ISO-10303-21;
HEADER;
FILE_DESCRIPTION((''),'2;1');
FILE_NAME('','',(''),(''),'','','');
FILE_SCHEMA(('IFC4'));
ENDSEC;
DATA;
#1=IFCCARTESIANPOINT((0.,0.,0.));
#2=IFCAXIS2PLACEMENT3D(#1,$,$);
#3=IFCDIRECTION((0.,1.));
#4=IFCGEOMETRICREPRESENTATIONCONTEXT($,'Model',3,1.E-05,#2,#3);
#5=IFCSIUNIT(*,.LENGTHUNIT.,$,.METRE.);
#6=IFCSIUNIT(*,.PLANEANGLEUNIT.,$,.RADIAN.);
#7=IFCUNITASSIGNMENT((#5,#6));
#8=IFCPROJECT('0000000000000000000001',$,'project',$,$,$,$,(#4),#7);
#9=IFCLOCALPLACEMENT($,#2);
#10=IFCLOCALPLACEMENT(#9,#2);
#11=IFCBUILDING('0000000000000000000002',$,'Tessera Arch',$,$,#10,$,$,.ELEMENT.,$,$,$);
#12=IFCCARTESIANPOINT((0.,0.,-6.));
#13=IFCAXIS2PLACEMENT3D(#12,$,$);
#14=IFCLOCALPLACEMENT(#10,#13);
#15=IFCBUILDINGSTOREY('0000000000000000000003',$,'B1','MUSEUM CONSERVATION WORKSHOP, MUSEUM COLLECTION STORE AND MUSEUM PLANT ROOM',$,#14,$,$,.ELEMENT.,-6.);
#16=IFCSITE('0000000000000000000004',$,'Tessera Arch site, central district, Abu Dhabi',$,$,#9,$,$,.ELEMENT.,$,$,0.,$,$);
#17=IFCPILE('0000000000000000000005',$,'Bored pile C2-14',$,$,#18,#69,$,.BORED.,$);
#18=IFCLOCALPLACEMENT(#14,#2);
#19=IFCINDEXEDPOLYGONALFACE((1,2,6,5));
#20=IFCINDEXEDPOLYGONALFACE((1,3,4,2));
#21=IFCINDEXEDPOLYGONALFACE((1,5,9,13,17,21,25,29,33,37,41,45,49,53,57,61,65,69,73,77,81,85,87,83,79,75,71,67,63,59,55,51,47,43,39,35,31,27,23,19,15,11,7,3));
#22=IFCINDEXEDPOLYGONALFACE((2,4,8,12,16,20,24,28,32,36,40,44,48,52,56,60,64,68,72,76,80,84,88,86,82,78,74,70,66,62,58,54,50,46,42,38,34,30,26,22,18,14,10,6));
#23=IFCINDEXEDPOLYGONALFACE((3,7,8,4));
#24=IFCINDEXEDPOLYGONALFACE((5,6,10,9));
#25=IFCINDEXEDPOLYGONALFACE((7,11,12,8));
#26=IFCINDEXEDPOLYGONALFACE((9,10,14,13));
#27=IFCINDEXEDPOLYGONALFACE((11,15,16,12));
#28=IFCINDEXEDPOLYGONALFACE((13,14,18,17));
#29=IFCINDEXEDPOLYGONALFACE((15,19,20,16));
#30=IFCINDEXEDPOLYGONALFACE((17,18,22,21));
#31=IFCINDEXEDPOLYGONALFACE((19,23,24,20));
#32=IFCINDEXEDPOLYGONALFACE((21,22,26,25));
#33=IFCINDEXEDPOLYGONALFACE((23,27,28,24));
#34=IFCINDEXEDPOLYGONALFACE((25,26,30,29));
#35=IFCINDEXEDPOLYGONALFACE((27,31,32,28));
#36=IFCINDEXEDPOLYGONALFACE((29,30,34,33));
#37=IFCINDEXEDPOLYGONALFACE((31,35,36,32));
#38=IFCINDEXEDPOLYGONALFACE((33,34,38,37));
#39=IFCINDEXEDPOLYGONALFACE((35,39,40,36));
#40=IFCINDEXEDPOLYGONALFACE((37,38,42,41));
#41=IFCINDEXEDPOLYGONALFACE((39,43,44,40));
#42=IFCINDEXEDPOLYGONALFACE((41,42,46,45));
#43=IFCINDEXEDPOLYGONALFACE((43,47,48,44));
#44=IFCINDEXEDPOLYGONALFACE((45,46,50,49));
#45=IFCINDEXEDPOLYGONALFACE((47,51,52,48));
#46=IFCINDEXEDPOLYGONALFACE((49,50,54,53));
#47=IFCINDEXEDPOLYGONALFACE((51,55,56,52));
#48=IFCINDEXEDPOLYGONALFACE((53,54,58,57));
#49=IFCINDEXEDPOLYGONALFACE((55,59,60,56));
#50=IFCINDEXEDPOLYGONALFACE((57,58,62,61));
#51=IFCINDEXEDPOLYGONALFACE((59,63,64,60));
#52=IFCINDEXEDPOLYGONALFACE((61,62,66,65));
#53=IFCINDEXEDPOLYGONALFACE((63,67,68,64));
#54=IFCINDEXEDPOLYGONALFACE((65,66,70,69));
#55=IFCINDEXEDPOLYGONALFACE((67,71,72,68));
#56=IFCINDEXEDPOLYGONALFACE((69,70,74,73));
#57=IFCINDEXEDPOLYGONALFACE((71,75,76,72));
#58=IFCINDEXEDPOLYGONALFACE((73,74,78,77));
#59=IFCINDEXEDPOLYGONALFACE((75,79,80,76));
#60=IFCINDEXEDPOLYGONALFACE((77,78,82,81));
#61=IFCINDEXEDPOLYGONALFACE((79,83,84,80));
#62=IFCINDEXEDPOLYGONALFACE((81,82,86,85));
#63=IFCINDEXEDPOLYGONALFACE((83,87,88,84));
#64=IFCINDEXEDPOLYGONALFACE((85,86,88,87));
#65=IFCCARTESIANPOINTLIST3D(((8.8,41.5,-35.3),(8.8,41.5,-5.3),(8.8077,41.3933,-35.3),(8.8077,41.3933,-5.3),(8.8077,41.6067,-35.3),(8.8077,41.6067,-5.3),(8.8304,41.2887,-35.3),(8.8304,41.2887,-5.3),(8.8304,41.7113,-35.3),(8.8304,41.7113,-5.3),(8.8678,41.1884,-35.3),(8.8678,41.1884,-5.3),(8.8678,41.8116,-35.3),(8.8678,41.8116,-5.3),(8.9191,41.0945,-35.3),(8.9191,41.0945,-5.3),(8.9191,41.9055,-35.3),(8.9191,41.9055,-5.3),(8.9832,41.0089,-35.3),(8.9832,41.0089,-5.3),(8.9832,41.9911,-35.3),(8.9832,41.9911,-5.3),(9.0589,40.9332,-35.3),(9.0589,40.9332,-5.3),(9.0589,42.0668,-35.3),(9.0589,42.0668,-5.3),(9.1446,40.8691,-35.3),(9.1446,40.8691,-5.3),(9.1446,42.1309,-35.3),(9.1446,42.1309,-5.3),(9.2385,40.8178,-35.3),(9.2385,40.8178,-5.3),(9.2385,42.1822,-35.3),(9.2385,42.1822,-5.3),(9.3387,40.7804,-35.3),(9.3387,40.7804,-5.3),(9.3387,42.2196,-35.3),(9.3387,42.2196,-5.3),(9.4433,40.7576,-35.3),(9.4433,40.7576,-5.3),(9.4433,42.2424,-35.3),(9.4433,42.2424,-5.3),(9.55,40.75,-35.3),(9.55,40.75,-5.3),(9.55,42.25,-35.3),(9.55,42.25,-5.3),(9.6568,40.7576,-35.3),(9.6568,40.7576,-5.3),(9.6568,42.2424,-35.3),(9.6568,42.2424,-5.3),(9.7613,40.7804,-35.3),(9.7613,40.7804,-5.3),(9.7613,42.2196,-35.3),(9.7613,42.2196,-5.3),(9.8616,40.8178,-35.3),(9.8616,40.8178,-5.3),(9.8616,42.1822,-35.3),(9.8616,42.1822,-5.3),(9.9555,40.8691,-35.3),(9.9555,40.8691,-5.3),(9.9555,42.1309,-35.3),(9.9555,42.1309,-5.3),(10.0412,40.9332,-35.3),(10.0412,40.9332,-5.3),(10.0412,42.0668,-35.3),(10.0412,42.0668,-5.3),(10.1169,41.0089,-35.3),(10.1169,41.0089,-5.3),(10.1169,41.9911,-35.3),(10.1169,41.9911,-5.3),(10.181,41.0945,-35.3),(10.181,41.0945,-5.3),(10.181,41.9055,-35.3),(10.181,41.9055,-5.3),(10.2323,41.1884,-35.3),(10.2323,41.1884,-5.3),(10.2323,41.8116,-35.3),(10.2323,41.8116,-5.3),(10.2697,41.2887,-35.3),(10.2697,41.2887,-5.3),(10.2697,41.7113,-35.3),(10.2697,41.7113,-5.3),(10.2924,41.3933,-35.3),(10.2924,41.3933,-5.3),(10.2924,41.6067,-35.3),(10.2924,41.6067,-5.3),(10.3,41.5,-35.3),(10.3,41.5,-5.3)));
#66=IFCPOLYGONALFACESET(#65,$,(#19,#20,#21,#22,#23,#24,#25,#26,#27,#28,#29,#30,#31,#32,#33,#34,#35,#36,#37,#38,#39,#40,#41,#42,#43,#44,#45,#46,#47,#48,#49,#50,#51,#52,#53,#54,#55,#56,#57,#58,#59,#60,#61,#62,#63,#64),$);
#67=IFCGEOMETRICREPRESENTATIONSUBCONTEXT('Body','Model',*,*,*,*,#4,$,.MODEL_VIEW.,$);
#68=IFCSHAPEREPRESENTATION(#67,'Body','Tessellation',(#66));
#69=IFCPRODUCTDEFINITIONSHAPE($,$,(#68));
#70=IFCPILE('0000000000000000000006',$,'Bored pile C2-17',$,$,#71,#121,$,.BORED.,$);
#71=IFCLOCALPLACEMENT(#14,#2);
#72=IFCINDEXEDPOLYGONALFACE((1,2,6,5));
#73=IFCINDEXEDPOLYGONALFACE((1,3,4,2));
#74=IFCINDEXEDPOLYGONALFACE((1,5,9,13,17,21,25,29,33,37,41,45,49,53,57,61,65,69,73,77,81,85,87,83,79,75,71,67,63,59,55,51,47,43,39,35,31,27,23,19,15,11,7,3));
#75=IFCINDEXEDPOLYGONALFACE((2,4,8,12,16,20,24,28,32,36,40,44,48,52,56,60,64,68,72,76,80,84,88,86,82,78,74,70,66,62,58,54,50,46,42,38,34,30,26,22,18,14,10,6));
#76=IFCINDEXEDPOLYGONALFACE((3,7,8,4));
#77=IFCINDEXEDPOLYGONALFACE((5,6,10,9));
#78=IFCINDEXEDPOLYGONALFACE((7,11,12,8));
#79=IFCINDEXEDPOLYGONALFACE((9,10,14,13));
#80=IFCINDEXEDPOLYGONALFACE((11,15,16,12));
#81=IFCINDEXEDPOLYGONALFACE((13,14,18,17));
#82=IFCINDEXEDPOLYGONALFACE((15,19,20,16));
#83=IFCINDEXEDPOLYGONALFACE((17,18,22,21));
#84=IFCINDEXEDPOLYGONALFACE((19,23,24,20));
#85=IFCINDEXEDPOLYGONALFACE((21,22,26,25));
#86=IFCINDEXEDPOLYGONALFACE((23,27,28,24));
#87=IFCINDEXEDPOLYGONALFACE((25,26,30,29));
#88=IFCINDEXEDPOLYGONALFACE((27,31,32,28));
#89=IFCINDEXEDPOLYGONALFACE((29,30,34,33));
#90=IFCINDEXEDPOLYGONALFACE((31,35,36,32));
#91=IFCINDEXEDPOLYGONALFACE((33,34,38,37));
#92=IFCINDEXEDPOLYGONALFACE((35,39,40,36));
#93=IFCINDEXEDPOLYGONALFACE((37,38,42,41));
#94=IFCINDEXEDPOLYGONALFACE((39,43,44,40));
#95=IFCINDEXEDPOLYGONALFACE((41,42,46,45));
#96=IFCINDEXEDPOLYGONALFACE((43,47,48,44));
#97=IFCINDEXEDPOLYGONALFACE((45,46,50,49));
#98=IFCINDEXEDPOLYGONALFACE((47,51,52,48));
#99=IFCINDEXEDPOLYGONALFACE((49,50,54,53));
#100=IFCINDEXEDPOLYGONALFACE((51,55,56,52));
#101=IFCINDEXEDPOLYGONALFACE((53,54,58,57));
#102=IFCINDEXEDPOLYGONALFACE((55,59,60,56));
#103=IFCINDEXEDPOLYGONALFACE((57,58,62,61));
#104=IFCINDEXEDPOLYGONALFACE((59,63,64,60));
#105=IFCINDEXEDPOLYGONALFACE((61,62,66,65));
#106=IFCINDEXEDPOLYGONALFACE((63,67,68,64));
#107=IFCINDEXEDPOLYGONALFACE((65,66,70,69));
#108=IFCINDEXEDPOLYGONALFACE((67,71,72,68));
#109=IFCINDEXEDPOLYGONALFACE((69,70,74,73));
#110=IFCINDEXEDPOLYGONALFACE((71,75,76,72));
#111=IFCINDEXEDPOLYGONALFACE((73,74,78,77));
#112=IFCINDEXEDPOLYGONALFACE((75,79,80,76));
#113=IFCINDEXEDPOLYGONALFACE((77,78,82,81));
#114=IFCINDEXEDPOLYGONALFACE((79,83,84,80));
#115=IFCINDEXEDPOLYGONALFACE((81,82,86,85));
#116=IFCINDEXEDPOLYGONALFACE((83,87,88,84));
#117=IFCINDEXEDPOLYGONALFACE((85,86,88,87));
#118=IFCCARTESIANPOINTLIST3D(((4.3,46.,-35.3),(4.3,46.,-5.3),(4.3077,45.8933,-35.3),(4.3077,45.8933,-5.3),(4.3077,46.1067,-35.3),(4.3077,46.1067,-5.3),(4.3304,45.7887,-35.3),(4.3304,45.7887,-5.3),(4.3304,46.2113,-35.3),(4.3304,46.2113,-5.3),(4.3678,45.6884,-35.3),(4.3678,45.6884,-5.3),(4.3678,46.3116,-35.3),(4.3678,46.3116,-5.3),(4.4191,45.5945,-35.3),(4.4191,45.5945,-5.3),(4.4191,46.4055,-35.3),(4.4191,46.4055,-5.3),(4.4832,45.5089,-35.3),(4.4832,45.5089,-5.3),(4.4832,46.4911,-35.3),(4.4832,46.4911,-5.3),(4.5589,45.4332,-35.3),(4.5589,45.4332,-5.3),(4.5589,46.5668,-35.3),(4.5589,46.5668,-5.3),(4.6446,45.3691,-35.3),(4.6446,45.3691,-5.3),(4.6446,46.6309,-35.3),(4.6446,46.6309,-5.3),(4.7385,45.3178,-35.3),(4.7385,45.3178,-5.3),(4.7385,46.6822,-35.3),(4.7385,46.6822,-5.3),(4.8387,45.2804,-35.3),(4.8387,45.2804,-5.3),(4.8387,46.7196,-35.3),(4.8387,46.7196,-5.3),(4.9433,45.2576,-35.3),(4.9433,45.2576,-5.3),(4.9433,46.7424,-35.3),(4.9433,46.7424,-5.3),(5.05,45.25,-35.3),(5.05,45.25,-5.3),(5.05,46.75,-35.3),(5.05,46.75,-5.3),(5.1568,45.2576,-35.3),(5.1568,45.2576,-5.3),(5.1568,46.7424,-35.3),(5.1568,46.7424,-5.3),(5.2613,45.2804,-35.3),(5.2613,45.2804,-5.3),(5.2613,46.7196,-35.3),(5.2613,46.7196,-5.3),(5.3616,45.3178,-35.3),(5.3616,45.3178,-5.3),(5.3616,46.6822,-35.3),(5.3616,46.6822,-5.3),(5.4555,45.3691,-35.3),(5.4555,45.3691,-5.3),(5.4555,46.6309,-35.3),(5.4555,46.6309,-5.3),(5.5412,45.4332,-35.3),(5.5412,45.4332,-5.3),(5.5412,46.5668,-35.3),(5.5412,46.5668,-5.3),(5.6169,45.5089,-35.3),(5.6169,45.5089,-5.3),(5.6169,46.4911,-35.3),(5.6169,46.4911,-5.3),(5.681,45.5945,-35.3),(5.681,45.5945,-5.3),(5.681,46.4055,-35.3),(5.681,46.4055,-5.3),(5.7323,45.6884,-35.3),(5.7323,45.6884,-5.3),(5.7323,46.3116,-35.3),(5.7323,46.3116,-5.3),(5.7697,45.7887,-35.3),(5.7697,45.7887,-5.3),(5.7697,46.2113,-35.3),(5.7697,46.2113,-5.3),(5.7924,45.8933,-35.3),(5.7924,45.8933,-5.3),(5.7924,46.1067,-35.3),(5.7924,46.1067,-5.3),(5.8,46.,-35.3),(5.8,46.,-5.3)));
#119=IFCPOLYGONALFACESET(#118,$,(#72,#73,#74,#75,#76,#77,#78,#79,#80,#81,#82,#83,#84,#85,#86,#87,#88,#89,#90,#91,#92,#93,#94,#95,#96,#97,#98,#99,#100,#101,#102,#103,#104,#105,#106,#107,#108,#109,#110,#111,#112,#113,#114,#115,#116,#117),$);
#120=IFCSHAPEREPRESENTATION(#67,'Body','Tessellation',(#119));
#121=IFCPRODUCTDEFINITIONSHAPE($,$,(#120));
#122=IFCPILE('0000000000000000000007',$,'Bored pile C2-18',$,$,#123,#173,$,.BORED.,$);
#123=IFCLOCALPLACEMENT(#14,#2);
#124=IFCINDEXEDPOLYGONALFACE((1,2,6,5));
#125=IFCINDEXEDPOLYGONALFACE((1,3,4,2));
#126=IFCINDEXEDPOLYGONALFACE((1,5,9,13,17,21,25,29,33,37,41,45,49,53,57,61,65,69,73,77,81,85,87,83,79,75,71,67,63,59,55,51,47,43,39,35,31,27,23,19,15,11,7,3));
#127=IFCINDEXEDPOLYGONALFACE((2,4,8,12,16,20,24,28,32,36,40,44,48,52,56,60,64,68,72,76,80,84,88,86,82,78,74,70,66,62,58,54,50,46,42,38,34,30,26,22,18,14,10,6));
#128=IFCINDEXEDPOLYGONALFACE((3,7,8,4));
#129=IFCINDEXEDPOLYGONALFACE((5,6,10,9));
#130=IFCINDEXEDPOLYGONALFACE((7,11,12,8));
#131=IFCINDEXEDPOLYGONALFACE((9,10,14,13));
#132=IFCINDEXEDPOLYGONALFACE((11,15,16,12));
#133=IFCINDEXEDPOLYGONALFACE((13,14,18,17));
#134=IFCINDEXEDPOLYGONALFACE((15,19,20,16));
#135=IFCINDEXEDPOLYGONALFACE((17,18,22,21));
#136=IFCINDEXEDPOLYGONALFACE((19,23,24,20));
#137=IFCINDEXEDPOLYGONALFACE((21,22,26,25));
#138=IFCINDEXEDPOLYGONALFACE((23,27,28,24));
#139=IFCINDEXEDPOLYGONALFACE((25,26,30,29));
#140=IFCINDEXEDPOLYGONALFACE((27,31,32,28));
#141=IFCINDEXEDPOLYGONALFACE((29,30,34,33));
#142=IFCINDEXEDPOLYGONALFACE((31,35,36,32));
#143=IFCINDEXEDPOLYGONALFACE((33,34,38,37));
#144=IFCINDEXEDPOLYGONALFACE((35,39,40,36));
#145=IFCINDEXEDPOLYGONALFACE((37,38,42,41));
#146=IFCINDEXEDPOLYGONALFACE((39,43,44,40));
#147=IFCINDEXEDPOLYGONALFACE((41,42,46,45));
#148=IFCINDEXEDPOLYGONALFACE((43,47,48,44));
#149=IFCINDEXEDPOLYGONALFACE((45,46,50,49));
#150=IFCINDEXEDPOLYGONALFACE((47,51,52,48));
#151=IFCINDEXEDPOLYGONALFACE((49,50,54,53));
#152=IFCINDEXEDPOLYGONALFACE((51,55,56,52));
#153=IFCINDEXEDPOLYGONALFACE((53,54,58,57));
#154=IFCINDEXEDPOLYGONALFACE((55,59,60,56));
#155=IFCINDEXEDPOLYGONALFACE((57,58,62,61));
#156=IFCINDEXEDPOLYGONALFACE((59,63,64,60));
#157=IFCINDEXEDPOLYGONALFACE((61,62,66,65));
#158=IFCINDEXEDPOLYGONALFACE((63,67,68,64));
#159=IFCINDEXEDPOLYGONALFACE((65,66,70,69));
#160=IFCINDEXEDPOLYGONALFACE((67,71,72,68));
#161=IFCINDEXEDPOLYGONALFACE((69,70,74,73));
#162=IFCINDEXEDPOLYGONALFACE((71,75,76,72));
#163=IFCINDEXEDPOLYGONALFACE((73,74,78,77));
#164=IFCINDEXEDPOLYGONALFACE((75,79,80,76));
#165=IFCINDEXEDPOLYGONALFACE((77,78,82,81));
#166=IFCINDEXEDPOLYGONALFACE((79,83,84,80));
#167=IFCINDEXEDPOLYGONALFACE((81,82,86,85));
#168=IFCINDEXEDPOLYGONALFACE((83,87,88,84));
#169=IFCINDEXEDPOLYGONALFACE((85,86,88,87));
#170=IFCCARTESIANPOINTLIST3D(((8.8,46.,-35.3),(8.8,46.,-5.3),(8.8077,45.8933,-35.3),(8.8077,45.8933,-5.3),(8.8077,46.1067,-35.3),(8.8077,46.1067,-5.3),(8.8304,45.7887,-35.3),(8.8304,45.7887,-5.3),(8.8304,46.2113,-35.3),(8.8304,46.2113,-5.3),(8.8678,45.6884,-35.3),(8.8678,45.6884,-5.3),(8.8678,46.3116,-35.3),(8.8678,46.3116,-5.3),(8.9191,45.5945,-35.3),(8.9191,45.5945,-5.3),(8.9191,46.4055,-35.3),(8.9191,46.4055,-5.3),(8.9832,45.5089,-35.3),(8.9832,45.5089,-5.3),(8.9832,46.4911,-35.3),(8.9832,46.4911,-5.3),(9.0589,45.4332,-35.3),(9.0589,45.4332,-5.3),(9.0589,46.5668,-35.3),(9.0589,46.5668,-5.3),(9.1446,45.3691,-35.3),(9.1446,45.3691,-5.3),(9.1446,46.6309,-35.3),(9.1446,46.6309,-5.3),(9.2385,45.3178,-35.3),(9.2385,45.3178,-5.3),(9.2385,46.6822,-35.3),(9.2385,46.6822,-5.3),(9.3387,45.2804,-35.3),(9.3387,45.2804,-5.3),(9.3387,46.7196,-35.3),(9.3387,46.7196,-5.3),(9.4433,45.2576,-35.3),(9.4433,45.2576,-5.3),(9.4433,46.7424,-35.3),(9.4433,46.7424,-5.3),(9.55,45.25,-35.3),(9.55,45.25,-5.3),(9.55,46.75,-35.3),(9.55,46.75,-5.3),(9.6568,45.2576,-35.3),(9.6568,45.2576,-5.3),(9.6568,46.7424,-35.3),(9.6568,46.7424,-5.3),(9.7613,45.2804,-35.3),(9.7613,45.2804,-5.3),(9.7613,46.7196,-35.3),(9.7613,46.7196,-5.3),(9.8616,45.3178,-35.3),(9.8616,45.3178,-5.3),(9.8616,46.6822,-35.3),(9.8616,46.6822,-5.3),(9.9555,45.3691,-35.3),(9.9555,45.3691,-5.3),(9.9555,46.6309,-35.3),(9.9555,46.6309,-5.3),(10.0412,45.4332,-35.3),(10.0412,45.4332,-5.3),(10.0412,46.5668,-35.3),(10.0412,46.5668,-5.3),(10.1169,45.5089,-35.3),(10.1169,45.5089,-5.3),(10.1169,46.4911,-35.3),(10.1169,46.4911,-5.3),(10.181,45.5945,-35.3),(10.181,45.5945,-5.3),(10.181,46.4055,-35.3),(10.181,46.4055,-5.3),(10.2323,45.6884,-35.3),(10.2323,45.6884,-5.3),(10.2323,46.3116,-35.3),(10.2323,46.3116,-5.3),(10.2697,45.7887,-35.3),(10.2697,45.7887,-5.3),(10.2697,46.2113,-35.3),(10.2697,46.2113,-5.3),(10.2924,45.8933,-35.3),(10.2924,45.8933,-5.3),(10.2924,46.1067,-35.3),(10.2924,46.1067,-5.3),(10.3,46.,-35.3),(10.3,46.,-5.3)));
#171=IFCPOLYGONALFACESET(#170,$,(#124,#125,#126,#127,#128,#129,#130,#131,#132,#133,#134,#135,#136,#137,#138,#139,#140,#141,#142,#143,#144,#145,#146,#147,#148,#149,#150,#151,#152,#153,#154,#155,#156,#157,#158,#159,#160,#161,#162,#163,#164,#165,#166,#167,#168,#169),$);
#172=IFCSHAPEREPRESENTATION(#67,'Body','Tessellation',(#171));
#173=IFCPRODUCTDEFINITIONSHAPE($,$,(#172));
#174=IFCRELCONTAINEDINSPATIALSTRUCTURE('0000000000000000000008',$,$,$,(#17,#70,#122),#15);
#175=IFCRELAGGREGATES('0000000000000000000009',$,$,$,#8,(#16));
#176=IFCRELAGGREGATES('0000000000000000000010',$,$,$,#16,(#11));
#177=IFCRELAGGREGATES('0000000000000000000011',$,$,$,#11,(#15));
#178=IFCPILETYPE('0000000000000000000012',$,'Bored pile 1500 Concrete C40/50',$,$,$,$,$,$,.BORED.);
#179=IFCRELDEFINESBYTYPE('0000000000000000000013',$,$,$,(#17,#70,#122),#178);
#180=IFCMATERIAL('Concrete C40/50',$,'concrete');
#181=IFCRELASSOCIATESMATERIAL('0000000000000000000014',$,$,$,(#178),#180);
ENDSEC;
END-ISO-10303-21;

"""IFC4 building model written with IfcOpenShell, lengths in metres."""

from ifc_helpers import new_model, si_unit, direction, frame, origin, origin_2d, place, context, subcontext, project, spatial, circle, extrude, material, type_object, element, save


model = new_model("IFC4")

# Units and contexts
model_context = context("Model", 3, precision=1e-05, world=origin(), true_north=direction((0.0, 1.0)))
body_context = subcontext(model_context, "Body", "Model", "MODEL_VIEW")
ifc_project = project(units=[si_unit("LENGTHUNIT", "METRE"), si_unit("PLANEANGLEUNIT", "RADIAN")], contexts=[model_context])

# Site, building, storey
site_placement = place(None, origin())
site = spatial("IfcSite", under=ifc_project, at=site_placement, Name="Tessera Arch site, central district, Abu Dhabi", CompositionType="ELEMENT", RefElevation=0.0)
building_placement = place(site_placement, origin())
building = spatial("IfcBuilding", under=site, at=building_placement, Name="Tessera Arch", CompositionType="ELEMENT")
storey_placement = place(building_placement, frame((0.0, 0.0, -6.0)))
storey = spatial("IfcBuildingStorey", under=building, at=storey_placement, Name="B1", Description="MUSEUM CONSERVATION WORKSHOP, MUSEUM COLLECTION STORE AND MUSEUM PLANT ROOM", CompositionType="ELEMENT", Elevation=-6.0)

# Piles
ifc_material_1 = material(Name="Concrete C40/50", Category="concrete")
pile_type = type_object("IfcPileType", Name="Bored pile 1500 Concrete C40/50", PredefinedType="BORED", material=ifc_material_1)
for number, where, z_axis, x_axis, name in (
    (1, (9.55, 41.5, -5.3), (0.0, 0.0, -1.0), (1.0, 0.0, 0.0), "Bored pile C2-14"),
    (2, (5.05, 46.0, -5.3), (0.0, 0.0, -1.0), (1.0, 0.0, 0.0), "Bored pile C2-17"),
    (3, (9.55, 46.0, -5.3), (0.0, 0.0, -1.0), (1.0, 0.0, 0.0), "Bored pile C2-18"),
):
    element("IfcPile", number, at=place(storey_placement, frame(where, z_axis=z_axis, x_axis=x_axis)), inside=storey, type_object=pile_type, Name=name, PredefinedType="BORED", context=body_context, shape_type="SweptSolid", body=[
        extrude(circle(Radius=0.75, at=origin_2d()), origin(), (0.0, 0.0, 1.0), 30.0),
    ])

save(model, "model.ifc")
